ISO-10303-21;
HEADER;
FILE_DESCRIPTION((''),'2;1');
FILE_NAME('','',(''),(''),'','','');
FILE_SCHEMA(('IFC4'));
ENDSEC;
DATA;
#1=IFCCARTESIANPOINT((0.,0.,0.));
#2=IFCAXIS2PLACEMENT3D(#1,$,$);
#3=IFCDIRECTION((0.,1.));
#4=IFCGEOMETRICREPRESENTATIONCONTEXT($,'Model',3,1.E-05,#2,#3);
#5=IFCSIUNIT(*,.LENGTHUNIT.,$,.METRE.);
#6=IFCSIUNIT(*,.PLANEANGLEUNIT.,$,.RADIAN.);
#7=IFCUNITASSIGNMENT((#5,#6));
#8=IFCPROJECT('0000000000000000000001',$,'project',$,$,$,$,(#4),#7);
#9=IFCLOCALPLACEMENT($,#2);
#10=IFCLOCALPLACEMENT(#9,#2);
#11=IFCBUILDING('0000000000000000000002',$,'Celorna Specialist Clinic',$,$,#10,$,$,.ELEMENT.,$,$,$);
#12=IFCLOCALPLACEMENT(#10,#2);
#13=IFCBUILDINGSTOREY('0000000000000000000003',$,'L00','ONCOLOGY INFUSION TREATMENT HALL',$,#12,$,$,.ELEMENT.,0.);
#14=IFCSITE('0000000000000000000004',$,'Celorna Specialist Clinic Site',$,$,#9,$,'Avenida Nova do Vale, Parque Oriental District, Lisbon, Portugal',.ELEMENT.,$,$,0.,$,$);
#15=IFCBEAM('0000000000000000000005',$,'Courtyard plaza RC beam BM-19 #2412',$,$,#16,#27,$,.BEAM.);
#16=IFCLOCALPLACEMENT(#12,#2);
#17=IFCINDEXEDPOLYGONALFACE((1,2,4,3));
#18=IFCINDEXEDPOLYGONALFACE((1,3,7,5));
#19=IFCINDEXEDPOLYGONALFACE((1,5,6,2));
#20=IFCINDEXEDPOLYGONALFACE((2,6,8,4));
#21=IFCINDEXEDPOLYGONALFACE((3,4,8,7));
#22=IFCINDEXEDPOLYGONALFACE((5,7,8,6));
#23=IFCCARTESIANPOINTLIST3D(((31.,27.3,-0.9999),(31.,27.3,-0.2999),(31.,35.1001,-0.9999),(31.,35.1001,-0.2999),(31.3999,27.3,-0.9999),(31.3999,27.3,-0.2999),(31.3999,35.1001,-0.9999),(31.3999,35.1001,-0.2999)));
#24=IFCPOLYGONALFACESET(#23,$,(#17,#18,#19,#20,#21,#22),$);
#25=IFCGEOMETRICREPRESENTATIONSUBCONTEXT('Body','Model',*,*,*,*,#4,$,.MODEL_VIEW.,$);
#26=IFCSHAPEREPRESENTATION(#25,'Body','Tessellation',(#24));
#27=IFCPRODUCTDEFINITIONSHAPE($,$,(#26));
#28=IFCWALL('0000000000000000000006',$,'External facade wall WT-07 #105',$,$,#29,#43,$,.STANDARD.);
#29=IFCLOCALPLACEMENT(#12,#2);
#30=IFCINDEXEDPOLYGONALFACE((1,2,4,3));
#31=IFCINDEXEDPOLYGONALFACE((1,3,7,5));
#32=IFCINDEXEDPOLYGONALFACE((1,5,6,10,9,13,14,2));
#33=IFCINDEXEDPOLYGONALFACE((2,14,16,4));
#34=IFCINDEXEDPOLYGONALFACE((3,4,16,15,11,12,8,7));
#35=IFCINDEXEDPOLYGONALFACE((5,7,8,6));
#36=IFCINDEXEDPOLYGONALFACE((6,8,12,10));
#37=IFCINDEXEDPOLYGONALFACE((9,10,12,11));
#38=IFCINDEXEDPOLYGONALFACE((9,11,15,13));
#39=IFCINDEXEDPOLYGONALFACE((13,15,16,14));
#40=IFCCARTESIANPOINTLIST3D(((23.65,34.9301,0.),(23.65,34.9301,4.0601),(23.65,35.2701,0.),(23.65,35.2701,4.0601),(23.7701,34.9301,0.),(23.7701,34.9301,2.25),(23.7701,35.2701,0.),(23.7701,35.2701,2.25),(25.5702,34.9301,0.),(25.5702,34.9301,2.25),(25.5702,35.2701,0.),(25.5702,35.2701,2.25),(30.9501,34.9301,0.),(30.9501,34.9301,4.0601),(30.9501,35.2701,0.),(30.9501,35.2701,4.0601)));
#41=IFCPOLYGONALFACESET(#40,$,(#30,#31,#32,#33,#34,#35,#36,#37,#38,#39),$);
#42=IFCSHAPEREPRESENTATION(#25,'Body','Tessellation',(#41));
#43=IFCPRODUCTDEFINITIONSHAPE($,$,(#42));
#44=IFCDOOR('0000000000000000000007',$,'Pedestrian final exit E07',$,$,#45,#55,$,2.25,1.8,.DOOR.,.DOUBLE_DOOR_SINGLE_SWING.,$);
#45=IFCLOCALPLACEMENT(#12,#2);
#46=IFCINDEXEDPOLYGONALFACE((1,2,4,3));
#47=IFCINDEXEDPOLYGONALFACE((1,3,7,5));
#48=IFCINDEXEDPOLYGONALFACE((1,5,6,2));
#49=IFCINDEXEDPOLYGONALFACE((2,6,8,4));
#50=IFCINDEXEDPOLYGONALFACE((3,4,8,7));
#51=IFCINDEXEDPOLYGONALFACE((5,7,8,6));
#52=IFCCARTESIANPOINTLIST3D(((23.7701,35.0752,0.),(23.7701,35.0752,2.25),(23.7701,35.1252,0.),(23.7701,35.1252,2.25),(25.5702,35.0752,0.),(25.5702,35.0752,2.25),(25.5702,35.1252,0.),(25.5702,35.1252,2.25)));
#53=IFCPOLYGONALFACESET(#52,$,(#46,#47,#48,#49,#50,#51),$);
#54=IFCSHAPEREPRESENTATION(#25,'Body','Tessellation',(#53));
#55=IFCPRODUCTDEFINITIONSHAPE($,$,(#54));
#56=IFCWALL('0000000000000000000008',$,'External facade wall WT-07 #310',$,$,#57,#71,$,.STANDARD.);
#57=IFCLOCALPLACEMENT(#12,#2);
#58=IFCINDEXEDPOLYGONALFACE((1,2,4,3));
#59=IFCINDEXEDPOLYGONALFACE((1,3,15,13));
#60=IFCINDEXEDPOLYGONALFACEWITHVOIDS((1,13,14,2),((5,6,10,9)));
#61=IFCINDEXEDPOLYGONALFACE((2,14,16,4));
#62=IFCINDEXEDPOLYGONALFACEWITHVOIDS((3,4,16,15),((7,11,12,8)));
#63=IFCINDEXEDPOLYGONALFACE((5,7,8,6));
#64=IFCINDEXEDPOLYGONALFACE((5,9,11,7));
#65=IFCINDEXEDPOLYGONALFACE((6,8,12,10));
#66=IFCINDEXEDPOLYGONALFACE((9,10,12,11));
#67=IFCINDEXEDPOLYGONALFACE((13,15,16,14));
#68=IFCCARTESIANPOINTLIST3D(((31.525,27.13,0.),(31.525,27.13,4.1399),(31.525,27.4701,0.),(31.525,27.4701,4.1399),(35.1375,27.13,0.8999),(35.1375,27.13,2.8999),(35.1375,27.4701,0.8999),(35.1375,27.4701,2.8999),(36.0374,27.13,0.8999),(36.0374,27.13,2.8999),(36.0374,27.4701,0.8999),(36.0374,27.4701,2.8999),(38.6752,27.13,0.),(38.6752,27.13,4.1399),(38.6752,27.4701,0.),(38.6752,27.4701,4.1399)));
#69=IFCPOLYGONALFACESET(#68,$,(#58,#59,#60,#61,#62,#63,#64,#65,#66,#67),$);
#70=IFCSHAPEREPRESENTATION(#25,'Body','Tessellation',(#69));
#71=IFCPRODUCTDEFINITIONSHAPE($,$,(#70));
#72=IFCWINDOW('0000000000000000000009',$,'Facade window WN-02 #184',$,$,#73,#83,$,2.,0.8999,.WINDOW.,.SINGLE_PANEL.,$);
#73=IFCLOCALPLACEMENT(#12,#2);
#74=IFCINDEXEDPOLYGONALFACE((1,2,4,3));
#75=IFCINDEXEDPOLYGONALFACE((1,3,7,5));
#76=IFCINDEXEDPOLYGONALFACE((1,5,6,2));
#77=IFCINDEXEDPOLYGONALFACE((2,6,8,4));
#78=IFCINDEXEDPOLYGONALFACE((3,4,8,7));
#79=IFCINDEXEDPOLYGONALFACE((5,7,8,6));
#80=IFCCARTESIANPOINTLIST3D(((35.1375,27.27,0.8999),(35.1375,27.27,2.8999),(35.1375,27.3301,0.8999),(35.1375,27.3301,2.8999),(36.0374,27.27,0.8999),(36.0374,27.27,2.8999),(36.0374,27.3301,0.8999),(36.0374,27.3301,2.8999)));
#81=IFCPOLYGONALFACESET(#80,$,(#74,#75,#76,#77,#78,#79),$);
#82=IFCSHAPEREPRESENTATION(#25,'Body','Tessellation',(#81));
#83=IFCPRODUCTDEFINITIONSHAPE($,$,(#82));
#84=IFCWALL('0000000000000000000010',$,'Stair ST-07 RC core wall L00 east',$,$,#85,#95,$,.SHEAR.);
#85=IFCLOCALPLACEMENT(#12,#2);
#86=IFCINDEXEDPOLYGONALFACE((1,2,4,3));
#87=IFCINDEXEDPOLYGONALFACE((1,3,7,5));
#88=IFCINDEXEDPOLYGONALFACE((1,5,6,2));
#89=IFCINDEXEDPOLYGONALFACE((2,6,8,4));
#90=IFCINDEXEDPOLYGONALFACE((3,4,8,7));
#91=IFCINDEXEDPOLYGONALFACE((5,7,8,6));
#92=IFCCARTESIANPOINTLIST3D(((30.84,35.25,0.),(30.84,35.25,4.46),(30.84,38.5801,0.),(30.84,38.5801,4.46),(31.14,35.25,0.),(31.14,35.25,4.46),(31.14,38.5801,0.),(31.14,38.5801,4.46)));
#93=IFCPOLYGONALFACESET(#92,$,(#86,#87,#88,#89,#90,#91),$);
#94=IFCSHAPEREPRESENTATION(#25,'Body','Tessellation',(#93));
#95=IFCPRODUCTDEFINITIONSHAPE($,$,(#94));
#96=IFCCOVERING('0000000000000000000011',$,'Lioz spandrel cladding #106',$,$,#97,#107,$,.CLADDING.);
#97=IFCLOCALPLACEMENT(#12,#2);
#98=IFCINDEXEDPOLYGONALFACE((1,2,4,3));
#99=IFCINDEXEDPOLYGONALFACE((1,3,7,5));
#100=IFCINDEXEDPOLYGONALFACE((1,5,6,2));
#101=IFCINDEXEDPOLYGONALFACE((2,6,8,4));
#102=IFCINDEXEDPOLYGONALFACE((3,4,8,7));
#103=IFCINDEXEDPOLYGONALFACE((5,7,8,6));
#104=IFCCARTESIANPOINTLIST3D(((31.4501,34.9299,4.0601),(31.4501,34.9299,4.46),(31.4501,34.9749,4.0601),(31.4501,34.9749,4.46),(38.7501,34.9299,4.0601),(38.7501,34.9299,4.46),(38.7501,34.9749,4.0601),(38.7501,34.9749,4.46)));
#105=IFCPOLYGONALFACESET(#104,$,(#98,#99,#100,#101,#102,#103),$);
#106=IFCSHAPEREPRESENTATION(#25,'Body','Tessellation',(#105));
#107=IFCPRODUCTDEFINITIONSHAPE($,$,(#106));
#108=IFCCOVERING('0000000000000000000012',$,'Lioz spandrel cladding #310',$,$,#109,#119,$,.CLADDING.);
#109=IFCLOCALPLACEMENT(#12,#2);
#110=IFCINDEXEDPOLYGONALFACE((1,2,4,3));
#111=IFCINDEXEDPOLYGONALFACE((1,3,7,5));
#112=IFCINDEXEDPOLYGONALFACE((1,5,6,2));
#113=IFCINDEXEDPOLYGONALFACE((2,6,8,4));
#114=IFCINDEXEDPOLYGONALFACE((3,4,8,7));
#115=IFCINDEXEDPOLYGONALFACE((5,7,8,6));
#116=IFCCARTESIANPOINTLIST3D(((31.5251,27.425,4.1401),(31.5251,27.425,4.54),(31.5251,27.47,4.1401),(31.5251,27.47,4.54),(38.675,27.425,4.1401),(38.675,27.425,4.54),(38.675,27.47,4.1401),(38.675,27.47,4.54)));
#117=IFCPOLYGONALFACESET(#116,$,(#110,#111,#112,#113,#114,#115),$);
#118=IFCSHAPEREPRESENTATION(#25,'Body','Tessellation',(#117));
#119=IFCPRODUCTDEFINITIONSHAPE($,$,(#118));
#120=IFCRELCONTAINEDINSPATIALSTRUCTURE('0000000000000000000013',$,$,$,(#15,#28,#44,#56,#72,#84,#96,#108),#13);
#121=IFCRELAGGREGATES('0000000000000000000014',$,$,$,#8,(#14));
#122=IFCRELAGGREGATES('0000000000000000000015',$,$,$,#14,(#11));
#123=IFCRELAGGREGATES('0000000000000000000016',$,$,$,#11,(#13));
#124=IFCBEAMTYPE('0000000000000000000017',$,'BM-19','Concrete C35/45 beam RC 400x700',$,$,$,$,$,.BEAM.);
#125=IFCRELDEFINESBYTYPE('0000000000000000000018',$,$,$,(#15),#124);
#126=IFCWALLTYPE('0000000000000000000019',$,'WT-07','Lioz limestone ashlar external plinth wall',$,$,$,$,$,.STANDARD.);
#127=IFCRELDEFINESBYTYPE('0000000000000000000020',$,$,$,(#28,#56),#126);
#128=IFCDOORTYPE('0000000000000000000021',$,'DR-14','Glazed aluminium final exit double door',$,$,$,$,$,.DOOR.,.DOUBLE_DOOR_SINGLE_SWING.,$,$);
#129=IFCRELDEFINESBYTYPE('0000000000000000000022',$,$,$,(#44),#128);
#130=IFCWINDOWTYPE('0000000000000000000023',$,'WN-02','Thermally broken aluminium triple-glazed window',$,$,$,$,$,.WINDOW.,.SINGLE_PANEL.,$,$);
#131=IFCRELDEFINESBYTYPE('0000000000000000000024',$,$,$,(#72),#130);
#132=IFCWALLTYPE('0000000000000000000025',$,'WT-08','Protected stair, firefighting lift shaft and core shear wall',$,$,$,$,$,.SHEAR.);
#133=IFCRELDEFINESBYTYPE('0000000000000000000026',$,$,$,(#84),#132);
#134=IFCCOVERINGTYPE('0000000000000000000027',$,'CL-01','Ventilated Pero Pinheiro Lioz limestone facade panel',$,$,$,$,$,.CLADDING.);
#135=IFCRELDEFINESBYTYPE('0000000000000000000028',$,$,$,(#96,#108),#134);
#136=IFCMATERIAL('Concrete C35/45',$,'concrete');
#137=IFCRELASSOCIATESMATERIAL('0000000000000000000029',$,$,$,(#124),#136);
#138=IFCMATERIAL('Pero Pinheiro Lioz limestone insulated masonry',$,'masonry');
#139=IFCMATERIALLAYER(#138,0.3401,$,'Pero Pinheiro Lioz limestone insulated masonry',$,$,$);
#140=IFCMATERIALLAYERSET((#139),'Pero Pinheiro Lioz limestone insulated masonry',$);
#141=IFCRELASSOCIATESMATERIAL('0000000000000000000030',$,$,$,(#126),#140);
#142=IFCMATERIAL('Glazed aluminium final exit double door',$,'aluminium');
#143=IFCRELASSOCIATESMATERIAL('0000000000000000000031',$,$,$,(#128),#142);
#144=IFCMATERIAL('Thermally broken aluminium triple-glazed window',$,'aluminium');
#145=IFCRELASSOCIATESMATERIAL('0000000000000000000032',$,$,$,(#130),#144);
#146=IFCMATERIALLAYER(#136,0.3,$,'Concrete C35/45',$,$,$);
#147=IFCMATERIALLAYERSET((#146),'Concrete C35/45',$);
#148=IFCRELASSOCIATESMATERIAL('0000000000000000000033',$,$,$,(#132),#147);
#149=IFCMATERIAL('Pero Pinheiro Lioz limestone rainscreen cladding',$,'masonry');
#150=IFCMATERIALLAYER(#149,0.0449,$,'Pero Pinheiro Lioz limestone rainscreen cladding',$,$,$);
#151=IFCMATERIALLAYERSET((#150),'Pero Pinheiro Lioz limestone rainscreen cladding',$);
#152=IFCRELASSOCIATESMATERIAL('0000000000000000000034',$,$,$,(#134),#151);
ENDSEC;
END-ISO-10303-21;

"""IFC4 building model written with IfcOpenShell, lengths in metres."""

from ifc_helpers import new_model, si_unit, direction, frame, frame_2d, origin, origin_2d, place, context, subcontext, project, spatial, rectangle, extrude, material, layer, layer_set, material_profile, profile_set, type_object, element, fill, save


model = new_model("IFC4")

# Units and contexts
model_context = context("Model", 3, precision=1e-05, world=origin(), true_north=direction((0.0, 1.0)))
body_context = subcontext(model_context, "Body", "Model", "MODEL_VIEW")
ifc_project = project(units=[si_unit("LENGTHUNIT", "METRE"), si_unit("PLANEANGLEUNIT", "RADIAN")], contexts=[model_context])

# Site, building, storey
site_placement = place(None, origin())
site = spatial("IfcSite", under=ifc_project, at=site_placement, Name="Celorna Specialist Clinic Site", LongName="Avenida Nova do Vale, Parque Oriental District, Lisbon, Portugal", CompositionType="ELEMENT", RefElevation=0.0)
building_placement = place(site_placement, origin())
building = spatial("IfcBuilding", under=site, at=building_placement, Name="Celorna Specialist Clinic", CompositionType="ELEMENT")
storey_placement = place(building_placement, origin())
storey = spatial("IfcBuildingStorey", under=building, at=storey_placement, Name="L00", Description="ONCOLOGY INFUSION TREATMENT HALL", CompositionType="ELEMENT", Elevation=0.0)

# Beam
ifc_material_1 = material(Name="Concrete C35/45", Category="concrete")
ifc_material_profile_1 = material_profile(ifc_material_1, rectangle(XDim=0.3999, YDim=0.7, at=origin_2d()), Name="RC 400x700")
ifc_profile_set_1 = profile_set([ifc_material_profile_1], Name="Concrete C35/45")
beam_type_1 = type_object("IfcBeamType", Name="BM-19", Description="Concrete C35/45 beam RC 400x700", PredefinedType="BEAM", material=ifc_profile_set_1)
beam_1_placement = place(storey_placement, frame((31.2, 27.3, -0.6499), z_axis=(0.0, 1.0, 0.0), x_axis=(-1.0, 0.0, 0.0)))
element("IfcBeam", 1, at=beam_1_placement, inside=storey, type_object=beam_type_1, Name="Courtyard plaza RC beam BM-19 #2412", PredefinedType="BEAM", context=body_context, shape_type="SweptSolid", body=[
    extrude(rectangle(XDim=0.3999, YDim=0.7, at=origin_2d()), origin(), (0.0, 0.0, 1.0), 7.8),
])

# Wall, opening, door
ifc_material_2 = material(Name="Pero Pinheiro Lioz limestone insulated masonry", Category="masonry")
ifc_layer_1 = layer(ifc_material_2, 0.3401, Name="Pero Pinheiro Lioz limestone insulated masonry")
ifc_layer_set_1 = layer_set([ifc_layer_1], Name="Pero Pinheiro Lioz limestone insulated masonry")
wall_type_1 = type_object("IfcWallType", Name="WT-07", Description="Lioz limestone ashlar external plinth wall", PredefinedType="STANDARD", material=ifc_layer_set_1)
wall_1_placement = place(storey_placement, frame((30.95, 35.1001, 0.0), z_axis=(0.0, 0.0, 1.0), x_axis=(-1.0, 0.0, 0.0)))
wall_1 = element("IfcWall", 2, at=wall_1_placement, inside=storey, type_object=wall_type_1, Name="External facade wall WT-07 #105", PredefinedType="STANDARD", context=body_context, shape_type="SweptSolid", body=[
    extrude(rectangle(XDim=7.3, YDim=0.3401, at=frame_2d((3.6499, 0.0))), origin(), (0.0, 0.0, 1.0), 4.0601),
])
opening_1_placement = place(wall_1_placement, frame((5.3799, 0.0, 0.0)))
opening_1 = element("IfcOpeningElement", 3, at=opening_1_placement, cuts=wall_1, PredefinedType="OPENING", context=body_context, shape_type="SweptSolid", body=[
    extrude(rectangle(XDim=1.8, YDim=2.25, at=frame_2d((0.8999, 1.125))), frame((0.0, 0.1799, 0.0), z_axis=(0.0, -1.0, 0.0), x_axis=(1.0, 0.0, 0.0)), (0.0, 0.0, 1.0), 0.3601),
])
ifc_material_3 = material(Name="Glazed aluminium final exit double door", Category="aluminium")
door_type = type_object("IfcDoorType", Name="DR-14", Description="Glazed aluminium final exit double door", OperationType="DOUBLE_DOOR_SINGLE_SWING", PredefinedType="DOOR", material=ifc_material_3)
door_placement = place(opening_1_placement, origin())
door = element("IfcDoor", 4, at=door_placement, inside=storey, type_object=door_type, Name="Pedestrian final exit E07", OperationType="DOUBLE_DOOR_SINGLE_SWING", OverallHeight=2.25, OverallWidth=1.8, PredefinedType="DOOR", context=body_context, shape_type="SweptSolid", body=[
    extrude(rectangle(XDim=1.8, YDim=2.25, at=frame_2d((0.8999, 1.125))), frame((0.0, 0.0249, 0.0), z_axis=(0.0, -1.0, 0.0), x_axis=(1.0, 0.0, 0.0)), (0.0, 0.0, 1.0), 0.05),
])
fill(opening_1, door)

# Wall, opening, window
wall_2_placement = place(storey_placement, frame((31.5249, 27.3, 0.0), z_axis=(0.0, 0.0, 1.0), x_axis=(1.0, 0.0, 0.0)))
wall_2 = element("IfcWall", 5, at=wall_2_placement, inside=storey, type_object=wall_type_1, Name="External facade wall WT-07 #310", PredefinedType="STANDARD", context=body_context, shape_type="SweptSolid", body=[
    extrude(rectangle(XDim=7.1501, YDim=0.3401, at=frame_2d((3.5752, 0.0))), origin(), (0.0, 0.0, 1.0), 4.1399),
])
opening_2_placement = place(wall_2_placement, frame((3.6125, 0.0, 0.8999)))
opening_2 = element("IfcOpeningElement", 6, at=opening_2_placement, cuts=wall_2, PredefinedType="OPENING", context=body_context, shape_type="SweptSolid", body=[
    extrude(rectangle(XDim=0.8999, YDim=2.0, at=frame_2d((0.45, 1.0))), frame((0.0, 0.1799, 0.0), z_axis=(0.0, -1.0, 0.0), x_axis=(1.0, 0.0, 0.0)), (0.0, 0.0, 1.0), 0.3601),
])
ifc_material_4 = material(Name="Thermally broken aluminium triple-glazed window", Category="aluminium")
window_type = type_object("IfcWindowType", Name="WN-02", Description="Thermally broken aluminium triple-glazed window", PartitioningType="SINGLE_PANEL", PredefinedType="WINDOW", material=ifc_material_4)
window_placement = place(opening_2_placement, origin())
window = element("IfcWindow", 7, at=window_placement, inside=storey, type_object=window_type, Name="Facade window WN-02 #184", OverallHeight=2.0, OverallWidth=0.8999, PartitioningType="SINGLE_PANEL", PredefinedType="WINDOW", context=body_context, shape_type="SweptSolid", body=[
    extrude(rectangle(XDim=0.8999, YDim=2.0, at=frame_2d((0.45, 1.0))), frame((0.0, 0.03, 0.0), z_axis=(0.0, -1.0, 0.0), x_axis=(1.0, 0.0, 0.0)), (0.0, 0.0, 1.0), 0.0601),
])
fill(opening_2, window)

# Wall
ifc_layer_2 = layer(ifc_material_1, 0.3, Name="Concrete C35/45")
ifc_layer_set_2 = layer_set([ifc_layer_2], Name="Concrete C35/45")
wall_type_2 = type_object("IfcWallType", Name="WT-08", Description="Protected stair, firefighting lift shaft and core shear wall", PredefinedType="SHEAR", material=ifc_layer_set_2)
wall_3_placement = place(storey_placement, frame((30.99, 35.25, 0.0), z_axis=(0.0, 0.0, 1.0), x_axis=(0.0, 1.0, 0.0)))
element("IfcWall", 8, at=wall_3_placement, inside=storey, type_object=wall_type_2, Name="Stair ST-07 RC core wall L00 east", PredefinedType="SHEAR", context=body_context, shape_type="SweptSolid", body=[
    extrude(rectangle(XDim=3.3301, YDim=0.3, at=frame_2d((1.665, 0.0))), origin(), (0.0, 0.0, 1.0), 4.46),
])

# Coverings
ifc_material_5 = material(Name="Pero Pinheiro Lioz limestone rainscreen cladding", Category="masonry")
ifc_layer_3 = layer(ifc_material_5, 0.0449, Name="Pero Pinheiro Lioz limestone rainscreen cladding")
ifc_layer_set_3 = layer_set([ifc_layer_3], Name="Pero Pinheiro Lioz limestone rainscreen cladding")
covering_type = type_object("IfcCoveringType", Name="CL-01", Description="Ventilated Pero Pinheiro Lioz limestone facade panel", PredefinedType="CLADDING", material=ifc_layer_set_3)
covering_1_placement = place(storey_placement, frame((35.1001, 34.9524, 4.0601), z_axis=(0.0, 0.0, 1.0), x_axis=(-1.0, 0.0, 0.0)))
element("IfcCovering", 9, at=covering_1_placement, inside=storey, type_object=covering_type, Name="Lioz spandrel cladding #106", PredefinedType="CLADDING", context=body_context, shape_type="SweptSolid", body=[
    extrude(rectangle(XDim=7.3, YDim=0.0449, at=origin_2d()), origin(), (0.0, 0.0, 1.0), 0.3999),
])
covering_2_placement = place(storey_placement, frame((35.1001, 27.4475, 4.1401), z_axis=(0.0, 0.0, 1.0), x_axis=(1.0, 0.0, 0.0)))
element("IfcCovering", 10, at=covering_2_placement, inside=storey, type_object=covering_type, Name="Lioz spandrel cladding #310", PredefinedType="CLADDING", context=body_context, shape_type="SweptSolid", body=[
    extrude(rectangle(XDim=7.1499, YDim=0.0449, at=origin_2d()), origin(), (0.0, 0.0, 1.0), 0.3999),
])

save(model, "model.ifc")
